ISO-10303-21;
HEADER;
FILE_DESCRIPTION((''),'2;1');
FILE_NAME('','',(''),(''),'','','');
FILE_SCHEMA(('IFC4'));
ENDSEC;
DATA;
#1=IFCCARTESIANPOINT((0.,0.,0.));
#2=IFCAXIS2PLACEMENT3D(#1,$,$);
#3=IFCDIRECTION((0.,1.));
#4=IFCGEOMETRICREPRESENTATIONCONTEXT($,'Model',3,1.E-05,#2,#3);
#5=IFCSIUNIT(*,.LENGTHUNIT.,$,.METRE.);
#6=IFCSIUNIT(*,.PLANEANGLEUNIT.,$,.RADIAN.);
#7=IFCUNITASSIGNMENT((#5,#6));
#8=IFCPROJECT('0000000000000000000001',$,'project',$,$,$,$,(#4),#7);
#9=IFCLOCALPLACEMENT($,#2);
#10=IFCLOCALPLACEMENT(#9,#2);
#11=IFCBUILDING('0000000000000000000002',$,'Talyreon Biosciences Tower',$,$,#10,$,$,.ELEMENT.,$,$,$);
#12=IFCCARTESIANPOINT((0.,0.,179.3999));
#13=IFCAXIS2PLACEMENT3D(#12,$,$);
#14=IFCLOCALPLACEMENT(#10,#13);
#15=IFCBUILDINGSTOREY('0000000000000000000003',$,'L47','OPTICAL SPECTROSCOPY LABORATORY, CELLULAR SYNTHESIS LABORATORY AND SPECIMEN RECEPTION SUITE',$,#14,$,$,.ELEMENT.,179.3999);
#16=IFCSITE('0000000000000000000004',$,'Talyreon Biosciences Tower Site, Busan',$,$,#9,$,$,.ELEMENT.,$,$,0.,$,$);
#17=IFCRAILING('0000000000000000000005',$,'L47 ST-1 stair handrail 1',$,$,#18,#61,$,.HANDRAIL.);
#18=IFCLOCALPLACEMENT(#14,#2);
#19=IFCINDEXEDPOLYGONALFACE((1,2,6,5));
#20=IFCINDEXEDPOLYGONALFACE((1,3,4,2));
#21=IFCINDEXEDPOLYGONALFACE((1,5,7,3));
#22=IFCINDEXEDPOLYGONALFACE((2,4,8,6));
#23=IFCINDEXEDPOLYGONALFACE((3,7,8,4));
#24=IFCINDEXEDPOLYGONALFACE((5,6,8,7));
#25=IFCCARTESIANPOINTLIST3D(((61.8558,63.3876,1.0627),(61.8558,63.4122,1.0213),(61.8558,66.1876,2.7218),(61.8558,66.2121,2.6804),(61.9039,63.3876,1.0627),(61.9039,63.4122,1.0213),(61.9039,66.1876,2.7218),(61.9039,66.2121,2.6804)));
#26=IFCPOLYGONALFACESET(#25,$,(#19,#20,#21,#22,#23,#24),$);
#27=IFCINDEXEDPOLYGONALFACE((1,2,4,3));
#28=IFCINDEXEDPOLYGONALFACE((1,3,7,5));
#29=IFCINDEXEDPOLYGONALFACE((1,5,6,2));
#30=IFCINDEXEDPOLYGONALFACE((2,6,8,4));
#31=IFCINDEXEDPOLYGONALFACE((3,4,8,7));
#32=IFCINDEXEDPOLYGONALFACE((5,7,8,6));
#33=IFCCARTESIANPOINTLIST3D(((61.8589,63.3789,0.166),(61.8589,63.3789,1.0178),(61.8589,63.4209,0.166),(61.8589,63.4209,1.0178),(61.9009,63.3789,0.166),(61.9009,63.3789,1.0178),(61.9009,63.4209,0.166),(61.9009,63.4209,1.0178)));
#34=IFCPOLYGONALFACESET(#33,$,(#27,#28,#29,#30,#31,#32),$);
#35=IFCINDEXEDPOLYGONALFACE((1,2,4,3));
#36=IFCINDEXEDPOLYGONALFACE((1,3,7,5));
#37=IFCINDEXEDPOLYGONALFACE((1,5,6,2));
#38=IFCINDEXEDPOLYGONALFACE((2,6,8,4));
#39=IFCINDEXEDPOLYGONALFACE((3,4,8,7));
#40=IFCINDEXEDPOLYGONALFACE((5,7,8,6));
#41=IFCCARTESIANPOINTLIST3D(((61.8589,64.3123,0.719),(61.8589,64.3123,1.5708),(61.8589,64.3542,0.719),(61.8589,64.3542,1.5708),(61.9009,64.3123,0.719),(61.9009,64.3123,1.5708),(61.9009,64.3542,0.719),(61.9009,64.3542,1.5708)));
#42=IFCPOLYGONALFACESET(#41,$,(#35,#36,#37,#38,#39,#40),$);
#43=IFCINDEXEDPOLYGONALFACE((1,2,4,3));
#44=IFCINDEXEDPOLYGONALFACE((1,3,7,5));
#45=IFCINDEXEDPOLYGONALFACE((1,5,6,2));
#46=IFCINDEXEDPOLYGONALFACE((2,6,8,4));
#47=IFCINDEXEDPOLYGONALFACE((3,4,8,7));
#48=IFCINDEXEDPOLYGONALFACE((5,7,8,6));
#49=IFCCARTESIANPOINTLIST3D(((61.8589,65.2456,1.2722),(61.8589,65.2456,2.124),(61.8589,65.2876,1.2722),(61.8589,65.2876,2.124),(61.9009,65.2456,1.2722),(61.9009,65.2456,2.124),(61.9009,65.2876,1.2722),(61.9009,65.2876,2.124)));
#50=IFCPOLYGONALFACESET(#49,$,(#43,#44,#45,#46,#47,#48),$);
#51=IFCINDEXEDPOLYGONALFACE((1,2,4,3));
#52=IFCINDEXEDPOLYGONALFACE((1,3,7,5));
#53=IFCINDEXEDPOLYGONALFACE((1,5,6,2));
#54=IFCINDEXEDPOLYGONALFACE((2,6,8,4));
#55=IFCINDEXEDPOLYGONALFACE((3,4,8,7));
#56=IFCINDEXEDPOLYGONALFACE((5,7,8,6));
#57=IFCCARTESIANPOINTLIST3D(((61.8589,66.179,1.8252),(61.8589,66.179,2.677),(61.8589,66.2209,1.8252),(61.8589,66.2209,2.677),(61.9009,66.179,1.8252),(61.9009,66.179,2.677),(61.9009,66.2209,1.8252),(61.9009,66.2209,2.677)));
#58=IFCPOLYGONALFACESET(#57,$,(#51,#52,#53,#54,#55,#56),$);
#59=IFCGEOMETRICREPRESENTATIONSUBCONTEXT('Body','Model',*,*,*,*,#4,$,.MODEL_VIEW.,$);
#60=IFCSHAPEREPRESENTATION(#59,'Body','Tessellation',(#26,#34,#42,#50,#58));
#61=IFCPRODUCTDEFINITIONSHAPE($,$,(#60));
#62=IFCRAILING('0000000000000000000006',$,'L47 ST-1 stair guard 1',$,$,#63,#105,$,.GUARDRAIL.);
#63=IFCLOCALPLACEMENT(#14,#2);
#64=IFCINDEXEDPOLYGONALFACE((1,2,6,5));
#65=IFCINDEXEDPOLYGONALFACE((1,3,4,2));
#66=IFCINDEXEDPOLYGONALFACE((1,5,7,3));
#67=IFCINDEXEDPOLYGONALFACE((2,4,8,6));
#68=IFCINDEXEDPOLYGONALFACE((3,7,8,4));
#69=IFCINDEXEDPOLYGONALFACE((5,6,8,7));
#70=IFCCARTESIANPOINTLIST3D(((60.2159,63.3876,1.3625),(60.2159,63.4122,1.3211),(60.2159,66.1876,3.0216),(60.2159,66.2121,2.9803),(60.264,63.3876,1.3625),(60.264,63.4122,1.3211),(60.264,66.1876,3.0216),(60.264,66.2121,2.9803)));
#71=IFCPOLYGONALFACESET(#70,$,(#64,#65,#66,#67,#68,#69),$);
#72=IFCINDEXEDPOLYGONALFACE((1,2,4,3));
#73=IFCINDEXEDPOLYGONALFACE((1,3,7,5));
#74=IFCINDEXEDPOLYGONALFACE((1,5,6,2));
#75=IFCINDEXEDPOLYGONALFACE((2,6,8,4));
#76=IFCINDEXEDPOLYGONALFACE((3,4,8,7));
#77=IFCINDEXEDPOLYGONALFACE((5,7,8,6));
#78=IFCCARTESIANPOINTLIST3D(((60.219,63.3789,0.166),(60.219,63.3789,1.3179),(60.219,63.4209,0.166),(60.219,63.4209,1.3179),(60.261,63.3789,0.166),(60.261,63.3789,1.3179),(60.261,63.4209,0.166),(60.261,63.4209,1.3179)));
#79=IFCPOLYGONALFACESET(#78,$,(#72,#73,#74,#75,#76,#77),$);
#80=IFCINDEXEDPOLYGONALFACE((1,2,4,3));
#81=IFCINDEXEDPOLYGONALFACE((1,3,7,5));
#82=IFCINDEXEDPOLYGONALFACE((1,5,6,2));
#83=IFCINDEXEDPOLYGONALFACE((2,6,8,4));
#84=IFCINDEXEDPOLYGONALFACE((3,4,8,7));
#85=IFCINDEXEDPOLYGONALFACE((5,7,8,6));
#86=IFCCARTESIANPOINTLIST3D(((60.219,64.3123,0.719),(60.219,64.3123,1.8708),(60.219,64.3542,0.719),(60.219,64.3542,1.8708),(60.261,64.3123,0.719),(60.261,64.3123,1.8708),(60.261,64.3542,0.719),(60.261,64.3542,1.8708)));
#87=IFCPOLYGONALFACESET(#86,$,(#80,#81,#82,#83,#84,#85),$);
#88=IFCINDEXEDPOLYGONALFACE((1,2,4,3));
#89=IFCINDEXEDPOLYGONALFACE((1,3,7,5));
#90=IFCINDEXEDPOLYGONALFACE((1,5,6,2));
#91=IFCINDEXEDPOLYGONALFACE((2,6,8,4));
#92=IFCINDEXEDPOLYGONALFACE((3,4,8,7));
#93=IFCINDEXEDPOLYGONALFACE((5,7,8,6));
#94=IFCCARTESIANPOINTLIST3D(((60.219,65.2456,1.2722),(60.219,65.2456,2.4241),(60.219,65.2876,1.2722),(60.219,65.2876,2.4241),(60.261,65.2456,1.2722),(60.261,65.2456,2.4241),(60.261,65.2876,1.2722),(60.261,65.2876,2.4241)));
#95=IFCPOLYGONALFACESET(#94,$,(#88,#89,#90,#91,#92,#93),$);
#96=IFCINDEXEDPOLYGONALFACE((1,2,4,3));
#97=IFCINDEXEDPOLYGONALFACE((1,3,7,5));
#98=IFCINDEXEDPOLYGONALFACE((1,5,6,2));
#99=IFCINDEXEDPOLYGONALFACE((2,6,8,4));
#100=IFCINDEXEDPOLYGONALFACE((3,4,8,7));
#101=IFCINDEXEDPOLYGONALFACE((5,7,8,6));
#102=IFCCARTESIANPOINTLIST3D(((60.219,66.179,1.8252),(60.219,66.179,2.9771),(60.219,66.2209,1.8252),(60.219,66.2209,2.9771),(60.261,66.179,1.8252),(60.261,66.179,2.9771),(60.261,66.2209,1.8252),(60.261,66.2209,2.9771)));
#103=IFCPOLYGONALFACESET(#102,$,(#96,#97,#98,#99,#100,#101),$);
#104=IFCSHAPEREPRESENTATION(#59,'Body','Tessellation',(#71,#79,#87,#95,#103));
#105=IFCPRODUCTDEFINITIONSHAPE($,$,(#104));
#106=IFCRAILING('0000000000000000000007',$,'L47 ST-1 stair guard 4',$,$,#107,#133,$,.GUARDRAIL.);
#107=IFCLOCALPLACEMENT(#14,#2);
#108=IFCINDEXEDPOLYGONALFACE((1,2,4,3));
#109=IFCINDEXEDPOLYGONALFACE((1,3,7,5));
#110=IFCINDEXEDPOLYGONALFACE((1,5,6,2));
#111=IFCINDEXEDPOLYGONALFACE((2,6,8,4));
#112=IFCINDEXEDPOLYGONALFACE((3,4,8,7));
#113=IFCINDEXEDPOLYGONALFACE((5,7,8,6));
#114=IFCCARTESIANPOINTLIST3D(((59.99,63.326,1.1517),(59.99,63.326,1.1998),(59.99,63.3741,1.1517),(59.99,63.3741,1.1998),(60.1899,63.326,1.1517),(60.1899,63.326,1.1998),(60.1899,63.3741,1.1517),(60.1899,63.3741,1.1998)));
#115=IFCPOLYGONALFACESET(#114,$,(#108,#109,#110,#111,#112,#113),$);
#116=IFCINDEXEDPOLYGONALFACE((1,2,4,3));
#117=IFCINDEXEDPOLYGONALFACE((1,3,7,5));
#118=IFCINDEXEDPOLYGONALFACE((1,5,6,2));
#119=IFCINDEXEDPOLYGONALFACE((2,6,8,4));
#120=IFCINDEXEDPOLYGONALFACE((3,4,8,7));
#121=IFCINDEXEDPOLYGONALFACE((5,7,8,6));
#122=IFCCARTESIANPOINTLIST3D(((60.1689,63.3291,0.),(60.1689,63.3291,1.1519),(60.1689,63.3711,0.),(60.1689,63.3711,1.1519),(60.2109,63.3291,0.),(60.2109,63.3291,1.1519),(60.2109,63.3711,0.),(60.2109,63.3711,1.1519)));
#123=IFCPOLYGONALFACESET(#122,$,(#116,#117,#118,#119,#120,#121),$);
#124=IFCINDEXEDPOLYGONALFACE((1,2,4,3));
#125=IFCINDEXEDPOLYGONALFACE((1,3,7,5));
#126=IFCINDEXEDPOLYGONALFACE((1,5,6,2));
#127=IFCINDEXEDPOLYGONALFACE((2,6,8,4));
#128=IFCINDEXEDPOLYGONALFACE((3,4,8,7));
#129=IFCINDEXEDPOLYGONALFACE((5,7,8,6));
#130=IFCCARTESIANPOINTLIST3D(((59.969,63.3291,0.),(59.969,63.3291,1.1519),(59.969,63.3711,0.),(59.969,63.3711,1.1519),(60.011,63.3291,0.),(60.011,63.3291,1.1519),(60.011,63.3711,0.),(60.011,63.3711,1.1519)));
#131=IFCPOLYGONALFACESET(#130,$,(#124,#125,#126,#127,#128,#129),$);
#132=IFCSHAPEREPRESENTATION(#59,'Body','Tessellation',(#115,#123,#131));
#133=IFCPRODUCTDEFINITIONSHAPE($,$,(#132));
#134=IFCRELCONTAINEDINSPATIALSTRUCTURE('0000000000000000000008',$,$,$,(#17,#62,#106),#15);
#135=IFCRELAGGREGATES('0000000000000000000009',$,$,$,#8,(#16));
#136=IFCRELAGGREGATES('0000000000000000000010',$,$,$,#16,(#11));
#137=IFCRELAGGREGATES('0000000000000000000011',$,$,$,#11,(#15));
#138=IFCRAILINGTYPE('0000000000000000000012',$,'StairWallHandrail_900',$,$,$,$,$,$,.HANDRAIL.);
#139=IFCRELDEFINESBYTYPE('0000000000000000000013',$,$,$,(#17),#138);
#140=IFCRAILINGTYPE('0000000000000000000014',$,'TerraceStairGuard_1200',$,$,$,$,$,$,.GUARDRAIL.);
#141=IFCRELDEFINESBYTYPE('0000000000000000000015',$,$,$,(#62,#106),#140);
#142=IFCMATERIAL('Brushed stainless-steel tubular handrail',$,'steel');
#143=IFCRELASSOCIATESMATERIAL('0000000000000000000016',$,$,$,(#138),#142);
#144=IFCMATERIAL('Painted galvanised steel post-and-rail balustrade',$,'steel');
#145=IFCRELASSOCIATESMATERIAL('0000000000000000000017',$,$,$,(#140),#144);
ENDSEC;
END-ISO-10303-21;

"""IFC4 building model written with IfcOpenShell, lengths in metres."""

from ifc_helpers import new_model, si_unit, direction, frame, origin, origin_2d, place, context, subcontext, project, spatial, rectangle, extrude, material, type_object, element, save


model = new_model("IFC4")

# Units and contexts
model_context = context("Model", 3, precision=1e-05, world=origin(), true_north=direction((0.0, 1.0)))
body_context = subcontext(model_context, "Body", "Model", "MODEL_VIEW")
ifc_project = project(units=[si_unit("LENGTHUNIT", "METRE"), si_unit("PLANEANGLEUNIT", "RADIAN")], contexts=[model_context])

# Site, building, storey
site_placement = place(None, origin())
site = spatial("IfcSite", under=ifc_project, at=site_placement, Name="Talyreon Biosciences Tower Site, Busan", CompositionType="ELEMENT", RefElevation=0.0)
building_placement = place(site_placement, origin())
building = spatial("IfcBuilding", under=site, at=building_placement, Name="Talyreon Biosciences Tower", CompositionType="ELEMENT")
storey_placement = place(building_placement, frame((0.0, 0.0, 179.3999)))
storey = spatial("IfcBuildingStorey", under=building, at=storey_placement, Name="L47", Description="OPTICAL SPECTROSCOPY LABORATORY, CELLULAR SYNTHESIS LABORATORY AND SPECIMEN RECEPTION SUITE", CompositionType="ELEMENT", Elevation=179.3999)

# Railings
ifc_material_1 = material(Name="Brushed stainless-steel tubular handrail", Category="steel")
railing_type_1 = type_object("IfcRailingType", Name="StairWallHandrail_900", PredefinedType="HANDRAIL", material=ifc_material_1)
railing_1_placement = place(storey_placement, frame((61.8799, 63.3999, 0.166)))
element("IfcRailing", 1, at=railing_1_placement, inside=storey, type_object=railing_type_1, Name="L47 ST-1 stair handrail 1", PredefinedType="HANDRAIL", context=body_context, shape_type="SweptSolid", body=[
    extrude(rectangle(XDim=0.0481, YDim=0.0481, at=origin_2d()), frame((0.0, 0.0, 0.876), z_axis=(0.0, 0.860306, 0.509778), x_axis=(-1.0, 0.0, 0.0)), (0.0, 0.0, 1.0), 3.2546),
    extrude(rectangle(XDim=0.042, YDim=0.042, at=origin_2d()), origin(), (0.0, 0.0, 1.0), 0.8518),
    extrude(rectangle(XDim=0.042, YDim=0.042, at=origin_2d()), frame((0.0, 0.9333, 0.553)), (0.0, 0.0, 1.0), 0.8518),
    extrude(rectangle(XDim=0.042, YDim=0.042, at=origin_2d()), frame((0.0, 1.8667, 1.1062)), (0.0, 0.0, 1.0), 0.8518),
    extrude(rectangle(XDim=0.042, YDim=0.042, at=origin_2d()), frame((0.0, 2.8, 1.6592)), (0.0, 0.0, 1.0), 0.8518),
])
ifc_material_2 = material(Name="Painted galvanised steel post-and-rail balustrade", Category="steel")
railing_type_2 = type_object("IfcRailingType", Name="TerraceStairGuard_1200", PredefinedType="GUARDRAIL", material=ifc_material_2)
railing_2_placement = place(storey_placement, frame((60.24, 63.3999, 0.166)))
element("IfcRailing", 2, at=railing_2_placement, inside=storey, type_object=railing_type_2, Name="L47 ST-1 stair guard 1", PredefinedType="GUARDRAIL", context=body_context, shape_type="SweptSolid", body=[
    extrude(rectangle(XDim=0.0481, YDim=0.0481, at=origin_2d()), frame((0.0, 0.0, 1.1758), z_axis=(0.0, 0.860306, 0.509778), x_axis=(-1.0, 0.0, 0.0)), (0.0, 0.0, 1.0), 3.2546),
    extrude(rectangle(XDim=0.042, YDim=0.042, at=origin_2d()), origin(), (0.0, 0.0, 1.0), 1.1519),
    extrude(rectangle(XDim=0.042, YDim=0.042, at=origin_2d()), frame((0.0, 0.9333, 0.553)), (0.0, 0.0, 1.0), 1.1519),
    extrude(rectangle(XDim=0.042, YDim=0.042, at=origin_2d()), frame((0.0, 1.8667, 1.1062)), (0.0, 0.0, 1.0), 1.1519),
    extrude(rectangle(XDim=0.042, YDim=0.042, at=origin_2d()), frame((0.0, 2.8, 1.6592)), (0.0, 0.0, 1.0), 1.1519),
])
railing_3_placement = place(storey_placement, frame((60.1899, 63.3501, 0.0)))
element("IfcRailing", 3, at=railing_3_placement, inside=storey, type_object=railing_type_2, Name="L47 ST-1 stair guard 4", PredefinedType="GUARDRAIL", context=body_context, shape_type="SweptSolid", body=[
    extrude(rectangle(XDim=0.0481, YDim=0.0481, at=origin_2d()), frame((0.0, 0.0, 1.1758), z_axis=(-1.0, 0.0, 0.0), x_axis=(0.0, -1.0, 0.0)), (0.0, 0.0, 1.0), 0.2),
    extrude(rectangle(XDim=0.042, YDim=0.042, at=origin_2d()), origin(), (0.0, 0.0, 1.0), 1.1519),
    extrude(rectangle(XDim=0.042, YDim=0.042, at=origin_2d()), frame((-0.2, 0.0, 0.0)), (0.0, 0.0, 1.0), 1.1519),
])

save(model, "model.ifc")
